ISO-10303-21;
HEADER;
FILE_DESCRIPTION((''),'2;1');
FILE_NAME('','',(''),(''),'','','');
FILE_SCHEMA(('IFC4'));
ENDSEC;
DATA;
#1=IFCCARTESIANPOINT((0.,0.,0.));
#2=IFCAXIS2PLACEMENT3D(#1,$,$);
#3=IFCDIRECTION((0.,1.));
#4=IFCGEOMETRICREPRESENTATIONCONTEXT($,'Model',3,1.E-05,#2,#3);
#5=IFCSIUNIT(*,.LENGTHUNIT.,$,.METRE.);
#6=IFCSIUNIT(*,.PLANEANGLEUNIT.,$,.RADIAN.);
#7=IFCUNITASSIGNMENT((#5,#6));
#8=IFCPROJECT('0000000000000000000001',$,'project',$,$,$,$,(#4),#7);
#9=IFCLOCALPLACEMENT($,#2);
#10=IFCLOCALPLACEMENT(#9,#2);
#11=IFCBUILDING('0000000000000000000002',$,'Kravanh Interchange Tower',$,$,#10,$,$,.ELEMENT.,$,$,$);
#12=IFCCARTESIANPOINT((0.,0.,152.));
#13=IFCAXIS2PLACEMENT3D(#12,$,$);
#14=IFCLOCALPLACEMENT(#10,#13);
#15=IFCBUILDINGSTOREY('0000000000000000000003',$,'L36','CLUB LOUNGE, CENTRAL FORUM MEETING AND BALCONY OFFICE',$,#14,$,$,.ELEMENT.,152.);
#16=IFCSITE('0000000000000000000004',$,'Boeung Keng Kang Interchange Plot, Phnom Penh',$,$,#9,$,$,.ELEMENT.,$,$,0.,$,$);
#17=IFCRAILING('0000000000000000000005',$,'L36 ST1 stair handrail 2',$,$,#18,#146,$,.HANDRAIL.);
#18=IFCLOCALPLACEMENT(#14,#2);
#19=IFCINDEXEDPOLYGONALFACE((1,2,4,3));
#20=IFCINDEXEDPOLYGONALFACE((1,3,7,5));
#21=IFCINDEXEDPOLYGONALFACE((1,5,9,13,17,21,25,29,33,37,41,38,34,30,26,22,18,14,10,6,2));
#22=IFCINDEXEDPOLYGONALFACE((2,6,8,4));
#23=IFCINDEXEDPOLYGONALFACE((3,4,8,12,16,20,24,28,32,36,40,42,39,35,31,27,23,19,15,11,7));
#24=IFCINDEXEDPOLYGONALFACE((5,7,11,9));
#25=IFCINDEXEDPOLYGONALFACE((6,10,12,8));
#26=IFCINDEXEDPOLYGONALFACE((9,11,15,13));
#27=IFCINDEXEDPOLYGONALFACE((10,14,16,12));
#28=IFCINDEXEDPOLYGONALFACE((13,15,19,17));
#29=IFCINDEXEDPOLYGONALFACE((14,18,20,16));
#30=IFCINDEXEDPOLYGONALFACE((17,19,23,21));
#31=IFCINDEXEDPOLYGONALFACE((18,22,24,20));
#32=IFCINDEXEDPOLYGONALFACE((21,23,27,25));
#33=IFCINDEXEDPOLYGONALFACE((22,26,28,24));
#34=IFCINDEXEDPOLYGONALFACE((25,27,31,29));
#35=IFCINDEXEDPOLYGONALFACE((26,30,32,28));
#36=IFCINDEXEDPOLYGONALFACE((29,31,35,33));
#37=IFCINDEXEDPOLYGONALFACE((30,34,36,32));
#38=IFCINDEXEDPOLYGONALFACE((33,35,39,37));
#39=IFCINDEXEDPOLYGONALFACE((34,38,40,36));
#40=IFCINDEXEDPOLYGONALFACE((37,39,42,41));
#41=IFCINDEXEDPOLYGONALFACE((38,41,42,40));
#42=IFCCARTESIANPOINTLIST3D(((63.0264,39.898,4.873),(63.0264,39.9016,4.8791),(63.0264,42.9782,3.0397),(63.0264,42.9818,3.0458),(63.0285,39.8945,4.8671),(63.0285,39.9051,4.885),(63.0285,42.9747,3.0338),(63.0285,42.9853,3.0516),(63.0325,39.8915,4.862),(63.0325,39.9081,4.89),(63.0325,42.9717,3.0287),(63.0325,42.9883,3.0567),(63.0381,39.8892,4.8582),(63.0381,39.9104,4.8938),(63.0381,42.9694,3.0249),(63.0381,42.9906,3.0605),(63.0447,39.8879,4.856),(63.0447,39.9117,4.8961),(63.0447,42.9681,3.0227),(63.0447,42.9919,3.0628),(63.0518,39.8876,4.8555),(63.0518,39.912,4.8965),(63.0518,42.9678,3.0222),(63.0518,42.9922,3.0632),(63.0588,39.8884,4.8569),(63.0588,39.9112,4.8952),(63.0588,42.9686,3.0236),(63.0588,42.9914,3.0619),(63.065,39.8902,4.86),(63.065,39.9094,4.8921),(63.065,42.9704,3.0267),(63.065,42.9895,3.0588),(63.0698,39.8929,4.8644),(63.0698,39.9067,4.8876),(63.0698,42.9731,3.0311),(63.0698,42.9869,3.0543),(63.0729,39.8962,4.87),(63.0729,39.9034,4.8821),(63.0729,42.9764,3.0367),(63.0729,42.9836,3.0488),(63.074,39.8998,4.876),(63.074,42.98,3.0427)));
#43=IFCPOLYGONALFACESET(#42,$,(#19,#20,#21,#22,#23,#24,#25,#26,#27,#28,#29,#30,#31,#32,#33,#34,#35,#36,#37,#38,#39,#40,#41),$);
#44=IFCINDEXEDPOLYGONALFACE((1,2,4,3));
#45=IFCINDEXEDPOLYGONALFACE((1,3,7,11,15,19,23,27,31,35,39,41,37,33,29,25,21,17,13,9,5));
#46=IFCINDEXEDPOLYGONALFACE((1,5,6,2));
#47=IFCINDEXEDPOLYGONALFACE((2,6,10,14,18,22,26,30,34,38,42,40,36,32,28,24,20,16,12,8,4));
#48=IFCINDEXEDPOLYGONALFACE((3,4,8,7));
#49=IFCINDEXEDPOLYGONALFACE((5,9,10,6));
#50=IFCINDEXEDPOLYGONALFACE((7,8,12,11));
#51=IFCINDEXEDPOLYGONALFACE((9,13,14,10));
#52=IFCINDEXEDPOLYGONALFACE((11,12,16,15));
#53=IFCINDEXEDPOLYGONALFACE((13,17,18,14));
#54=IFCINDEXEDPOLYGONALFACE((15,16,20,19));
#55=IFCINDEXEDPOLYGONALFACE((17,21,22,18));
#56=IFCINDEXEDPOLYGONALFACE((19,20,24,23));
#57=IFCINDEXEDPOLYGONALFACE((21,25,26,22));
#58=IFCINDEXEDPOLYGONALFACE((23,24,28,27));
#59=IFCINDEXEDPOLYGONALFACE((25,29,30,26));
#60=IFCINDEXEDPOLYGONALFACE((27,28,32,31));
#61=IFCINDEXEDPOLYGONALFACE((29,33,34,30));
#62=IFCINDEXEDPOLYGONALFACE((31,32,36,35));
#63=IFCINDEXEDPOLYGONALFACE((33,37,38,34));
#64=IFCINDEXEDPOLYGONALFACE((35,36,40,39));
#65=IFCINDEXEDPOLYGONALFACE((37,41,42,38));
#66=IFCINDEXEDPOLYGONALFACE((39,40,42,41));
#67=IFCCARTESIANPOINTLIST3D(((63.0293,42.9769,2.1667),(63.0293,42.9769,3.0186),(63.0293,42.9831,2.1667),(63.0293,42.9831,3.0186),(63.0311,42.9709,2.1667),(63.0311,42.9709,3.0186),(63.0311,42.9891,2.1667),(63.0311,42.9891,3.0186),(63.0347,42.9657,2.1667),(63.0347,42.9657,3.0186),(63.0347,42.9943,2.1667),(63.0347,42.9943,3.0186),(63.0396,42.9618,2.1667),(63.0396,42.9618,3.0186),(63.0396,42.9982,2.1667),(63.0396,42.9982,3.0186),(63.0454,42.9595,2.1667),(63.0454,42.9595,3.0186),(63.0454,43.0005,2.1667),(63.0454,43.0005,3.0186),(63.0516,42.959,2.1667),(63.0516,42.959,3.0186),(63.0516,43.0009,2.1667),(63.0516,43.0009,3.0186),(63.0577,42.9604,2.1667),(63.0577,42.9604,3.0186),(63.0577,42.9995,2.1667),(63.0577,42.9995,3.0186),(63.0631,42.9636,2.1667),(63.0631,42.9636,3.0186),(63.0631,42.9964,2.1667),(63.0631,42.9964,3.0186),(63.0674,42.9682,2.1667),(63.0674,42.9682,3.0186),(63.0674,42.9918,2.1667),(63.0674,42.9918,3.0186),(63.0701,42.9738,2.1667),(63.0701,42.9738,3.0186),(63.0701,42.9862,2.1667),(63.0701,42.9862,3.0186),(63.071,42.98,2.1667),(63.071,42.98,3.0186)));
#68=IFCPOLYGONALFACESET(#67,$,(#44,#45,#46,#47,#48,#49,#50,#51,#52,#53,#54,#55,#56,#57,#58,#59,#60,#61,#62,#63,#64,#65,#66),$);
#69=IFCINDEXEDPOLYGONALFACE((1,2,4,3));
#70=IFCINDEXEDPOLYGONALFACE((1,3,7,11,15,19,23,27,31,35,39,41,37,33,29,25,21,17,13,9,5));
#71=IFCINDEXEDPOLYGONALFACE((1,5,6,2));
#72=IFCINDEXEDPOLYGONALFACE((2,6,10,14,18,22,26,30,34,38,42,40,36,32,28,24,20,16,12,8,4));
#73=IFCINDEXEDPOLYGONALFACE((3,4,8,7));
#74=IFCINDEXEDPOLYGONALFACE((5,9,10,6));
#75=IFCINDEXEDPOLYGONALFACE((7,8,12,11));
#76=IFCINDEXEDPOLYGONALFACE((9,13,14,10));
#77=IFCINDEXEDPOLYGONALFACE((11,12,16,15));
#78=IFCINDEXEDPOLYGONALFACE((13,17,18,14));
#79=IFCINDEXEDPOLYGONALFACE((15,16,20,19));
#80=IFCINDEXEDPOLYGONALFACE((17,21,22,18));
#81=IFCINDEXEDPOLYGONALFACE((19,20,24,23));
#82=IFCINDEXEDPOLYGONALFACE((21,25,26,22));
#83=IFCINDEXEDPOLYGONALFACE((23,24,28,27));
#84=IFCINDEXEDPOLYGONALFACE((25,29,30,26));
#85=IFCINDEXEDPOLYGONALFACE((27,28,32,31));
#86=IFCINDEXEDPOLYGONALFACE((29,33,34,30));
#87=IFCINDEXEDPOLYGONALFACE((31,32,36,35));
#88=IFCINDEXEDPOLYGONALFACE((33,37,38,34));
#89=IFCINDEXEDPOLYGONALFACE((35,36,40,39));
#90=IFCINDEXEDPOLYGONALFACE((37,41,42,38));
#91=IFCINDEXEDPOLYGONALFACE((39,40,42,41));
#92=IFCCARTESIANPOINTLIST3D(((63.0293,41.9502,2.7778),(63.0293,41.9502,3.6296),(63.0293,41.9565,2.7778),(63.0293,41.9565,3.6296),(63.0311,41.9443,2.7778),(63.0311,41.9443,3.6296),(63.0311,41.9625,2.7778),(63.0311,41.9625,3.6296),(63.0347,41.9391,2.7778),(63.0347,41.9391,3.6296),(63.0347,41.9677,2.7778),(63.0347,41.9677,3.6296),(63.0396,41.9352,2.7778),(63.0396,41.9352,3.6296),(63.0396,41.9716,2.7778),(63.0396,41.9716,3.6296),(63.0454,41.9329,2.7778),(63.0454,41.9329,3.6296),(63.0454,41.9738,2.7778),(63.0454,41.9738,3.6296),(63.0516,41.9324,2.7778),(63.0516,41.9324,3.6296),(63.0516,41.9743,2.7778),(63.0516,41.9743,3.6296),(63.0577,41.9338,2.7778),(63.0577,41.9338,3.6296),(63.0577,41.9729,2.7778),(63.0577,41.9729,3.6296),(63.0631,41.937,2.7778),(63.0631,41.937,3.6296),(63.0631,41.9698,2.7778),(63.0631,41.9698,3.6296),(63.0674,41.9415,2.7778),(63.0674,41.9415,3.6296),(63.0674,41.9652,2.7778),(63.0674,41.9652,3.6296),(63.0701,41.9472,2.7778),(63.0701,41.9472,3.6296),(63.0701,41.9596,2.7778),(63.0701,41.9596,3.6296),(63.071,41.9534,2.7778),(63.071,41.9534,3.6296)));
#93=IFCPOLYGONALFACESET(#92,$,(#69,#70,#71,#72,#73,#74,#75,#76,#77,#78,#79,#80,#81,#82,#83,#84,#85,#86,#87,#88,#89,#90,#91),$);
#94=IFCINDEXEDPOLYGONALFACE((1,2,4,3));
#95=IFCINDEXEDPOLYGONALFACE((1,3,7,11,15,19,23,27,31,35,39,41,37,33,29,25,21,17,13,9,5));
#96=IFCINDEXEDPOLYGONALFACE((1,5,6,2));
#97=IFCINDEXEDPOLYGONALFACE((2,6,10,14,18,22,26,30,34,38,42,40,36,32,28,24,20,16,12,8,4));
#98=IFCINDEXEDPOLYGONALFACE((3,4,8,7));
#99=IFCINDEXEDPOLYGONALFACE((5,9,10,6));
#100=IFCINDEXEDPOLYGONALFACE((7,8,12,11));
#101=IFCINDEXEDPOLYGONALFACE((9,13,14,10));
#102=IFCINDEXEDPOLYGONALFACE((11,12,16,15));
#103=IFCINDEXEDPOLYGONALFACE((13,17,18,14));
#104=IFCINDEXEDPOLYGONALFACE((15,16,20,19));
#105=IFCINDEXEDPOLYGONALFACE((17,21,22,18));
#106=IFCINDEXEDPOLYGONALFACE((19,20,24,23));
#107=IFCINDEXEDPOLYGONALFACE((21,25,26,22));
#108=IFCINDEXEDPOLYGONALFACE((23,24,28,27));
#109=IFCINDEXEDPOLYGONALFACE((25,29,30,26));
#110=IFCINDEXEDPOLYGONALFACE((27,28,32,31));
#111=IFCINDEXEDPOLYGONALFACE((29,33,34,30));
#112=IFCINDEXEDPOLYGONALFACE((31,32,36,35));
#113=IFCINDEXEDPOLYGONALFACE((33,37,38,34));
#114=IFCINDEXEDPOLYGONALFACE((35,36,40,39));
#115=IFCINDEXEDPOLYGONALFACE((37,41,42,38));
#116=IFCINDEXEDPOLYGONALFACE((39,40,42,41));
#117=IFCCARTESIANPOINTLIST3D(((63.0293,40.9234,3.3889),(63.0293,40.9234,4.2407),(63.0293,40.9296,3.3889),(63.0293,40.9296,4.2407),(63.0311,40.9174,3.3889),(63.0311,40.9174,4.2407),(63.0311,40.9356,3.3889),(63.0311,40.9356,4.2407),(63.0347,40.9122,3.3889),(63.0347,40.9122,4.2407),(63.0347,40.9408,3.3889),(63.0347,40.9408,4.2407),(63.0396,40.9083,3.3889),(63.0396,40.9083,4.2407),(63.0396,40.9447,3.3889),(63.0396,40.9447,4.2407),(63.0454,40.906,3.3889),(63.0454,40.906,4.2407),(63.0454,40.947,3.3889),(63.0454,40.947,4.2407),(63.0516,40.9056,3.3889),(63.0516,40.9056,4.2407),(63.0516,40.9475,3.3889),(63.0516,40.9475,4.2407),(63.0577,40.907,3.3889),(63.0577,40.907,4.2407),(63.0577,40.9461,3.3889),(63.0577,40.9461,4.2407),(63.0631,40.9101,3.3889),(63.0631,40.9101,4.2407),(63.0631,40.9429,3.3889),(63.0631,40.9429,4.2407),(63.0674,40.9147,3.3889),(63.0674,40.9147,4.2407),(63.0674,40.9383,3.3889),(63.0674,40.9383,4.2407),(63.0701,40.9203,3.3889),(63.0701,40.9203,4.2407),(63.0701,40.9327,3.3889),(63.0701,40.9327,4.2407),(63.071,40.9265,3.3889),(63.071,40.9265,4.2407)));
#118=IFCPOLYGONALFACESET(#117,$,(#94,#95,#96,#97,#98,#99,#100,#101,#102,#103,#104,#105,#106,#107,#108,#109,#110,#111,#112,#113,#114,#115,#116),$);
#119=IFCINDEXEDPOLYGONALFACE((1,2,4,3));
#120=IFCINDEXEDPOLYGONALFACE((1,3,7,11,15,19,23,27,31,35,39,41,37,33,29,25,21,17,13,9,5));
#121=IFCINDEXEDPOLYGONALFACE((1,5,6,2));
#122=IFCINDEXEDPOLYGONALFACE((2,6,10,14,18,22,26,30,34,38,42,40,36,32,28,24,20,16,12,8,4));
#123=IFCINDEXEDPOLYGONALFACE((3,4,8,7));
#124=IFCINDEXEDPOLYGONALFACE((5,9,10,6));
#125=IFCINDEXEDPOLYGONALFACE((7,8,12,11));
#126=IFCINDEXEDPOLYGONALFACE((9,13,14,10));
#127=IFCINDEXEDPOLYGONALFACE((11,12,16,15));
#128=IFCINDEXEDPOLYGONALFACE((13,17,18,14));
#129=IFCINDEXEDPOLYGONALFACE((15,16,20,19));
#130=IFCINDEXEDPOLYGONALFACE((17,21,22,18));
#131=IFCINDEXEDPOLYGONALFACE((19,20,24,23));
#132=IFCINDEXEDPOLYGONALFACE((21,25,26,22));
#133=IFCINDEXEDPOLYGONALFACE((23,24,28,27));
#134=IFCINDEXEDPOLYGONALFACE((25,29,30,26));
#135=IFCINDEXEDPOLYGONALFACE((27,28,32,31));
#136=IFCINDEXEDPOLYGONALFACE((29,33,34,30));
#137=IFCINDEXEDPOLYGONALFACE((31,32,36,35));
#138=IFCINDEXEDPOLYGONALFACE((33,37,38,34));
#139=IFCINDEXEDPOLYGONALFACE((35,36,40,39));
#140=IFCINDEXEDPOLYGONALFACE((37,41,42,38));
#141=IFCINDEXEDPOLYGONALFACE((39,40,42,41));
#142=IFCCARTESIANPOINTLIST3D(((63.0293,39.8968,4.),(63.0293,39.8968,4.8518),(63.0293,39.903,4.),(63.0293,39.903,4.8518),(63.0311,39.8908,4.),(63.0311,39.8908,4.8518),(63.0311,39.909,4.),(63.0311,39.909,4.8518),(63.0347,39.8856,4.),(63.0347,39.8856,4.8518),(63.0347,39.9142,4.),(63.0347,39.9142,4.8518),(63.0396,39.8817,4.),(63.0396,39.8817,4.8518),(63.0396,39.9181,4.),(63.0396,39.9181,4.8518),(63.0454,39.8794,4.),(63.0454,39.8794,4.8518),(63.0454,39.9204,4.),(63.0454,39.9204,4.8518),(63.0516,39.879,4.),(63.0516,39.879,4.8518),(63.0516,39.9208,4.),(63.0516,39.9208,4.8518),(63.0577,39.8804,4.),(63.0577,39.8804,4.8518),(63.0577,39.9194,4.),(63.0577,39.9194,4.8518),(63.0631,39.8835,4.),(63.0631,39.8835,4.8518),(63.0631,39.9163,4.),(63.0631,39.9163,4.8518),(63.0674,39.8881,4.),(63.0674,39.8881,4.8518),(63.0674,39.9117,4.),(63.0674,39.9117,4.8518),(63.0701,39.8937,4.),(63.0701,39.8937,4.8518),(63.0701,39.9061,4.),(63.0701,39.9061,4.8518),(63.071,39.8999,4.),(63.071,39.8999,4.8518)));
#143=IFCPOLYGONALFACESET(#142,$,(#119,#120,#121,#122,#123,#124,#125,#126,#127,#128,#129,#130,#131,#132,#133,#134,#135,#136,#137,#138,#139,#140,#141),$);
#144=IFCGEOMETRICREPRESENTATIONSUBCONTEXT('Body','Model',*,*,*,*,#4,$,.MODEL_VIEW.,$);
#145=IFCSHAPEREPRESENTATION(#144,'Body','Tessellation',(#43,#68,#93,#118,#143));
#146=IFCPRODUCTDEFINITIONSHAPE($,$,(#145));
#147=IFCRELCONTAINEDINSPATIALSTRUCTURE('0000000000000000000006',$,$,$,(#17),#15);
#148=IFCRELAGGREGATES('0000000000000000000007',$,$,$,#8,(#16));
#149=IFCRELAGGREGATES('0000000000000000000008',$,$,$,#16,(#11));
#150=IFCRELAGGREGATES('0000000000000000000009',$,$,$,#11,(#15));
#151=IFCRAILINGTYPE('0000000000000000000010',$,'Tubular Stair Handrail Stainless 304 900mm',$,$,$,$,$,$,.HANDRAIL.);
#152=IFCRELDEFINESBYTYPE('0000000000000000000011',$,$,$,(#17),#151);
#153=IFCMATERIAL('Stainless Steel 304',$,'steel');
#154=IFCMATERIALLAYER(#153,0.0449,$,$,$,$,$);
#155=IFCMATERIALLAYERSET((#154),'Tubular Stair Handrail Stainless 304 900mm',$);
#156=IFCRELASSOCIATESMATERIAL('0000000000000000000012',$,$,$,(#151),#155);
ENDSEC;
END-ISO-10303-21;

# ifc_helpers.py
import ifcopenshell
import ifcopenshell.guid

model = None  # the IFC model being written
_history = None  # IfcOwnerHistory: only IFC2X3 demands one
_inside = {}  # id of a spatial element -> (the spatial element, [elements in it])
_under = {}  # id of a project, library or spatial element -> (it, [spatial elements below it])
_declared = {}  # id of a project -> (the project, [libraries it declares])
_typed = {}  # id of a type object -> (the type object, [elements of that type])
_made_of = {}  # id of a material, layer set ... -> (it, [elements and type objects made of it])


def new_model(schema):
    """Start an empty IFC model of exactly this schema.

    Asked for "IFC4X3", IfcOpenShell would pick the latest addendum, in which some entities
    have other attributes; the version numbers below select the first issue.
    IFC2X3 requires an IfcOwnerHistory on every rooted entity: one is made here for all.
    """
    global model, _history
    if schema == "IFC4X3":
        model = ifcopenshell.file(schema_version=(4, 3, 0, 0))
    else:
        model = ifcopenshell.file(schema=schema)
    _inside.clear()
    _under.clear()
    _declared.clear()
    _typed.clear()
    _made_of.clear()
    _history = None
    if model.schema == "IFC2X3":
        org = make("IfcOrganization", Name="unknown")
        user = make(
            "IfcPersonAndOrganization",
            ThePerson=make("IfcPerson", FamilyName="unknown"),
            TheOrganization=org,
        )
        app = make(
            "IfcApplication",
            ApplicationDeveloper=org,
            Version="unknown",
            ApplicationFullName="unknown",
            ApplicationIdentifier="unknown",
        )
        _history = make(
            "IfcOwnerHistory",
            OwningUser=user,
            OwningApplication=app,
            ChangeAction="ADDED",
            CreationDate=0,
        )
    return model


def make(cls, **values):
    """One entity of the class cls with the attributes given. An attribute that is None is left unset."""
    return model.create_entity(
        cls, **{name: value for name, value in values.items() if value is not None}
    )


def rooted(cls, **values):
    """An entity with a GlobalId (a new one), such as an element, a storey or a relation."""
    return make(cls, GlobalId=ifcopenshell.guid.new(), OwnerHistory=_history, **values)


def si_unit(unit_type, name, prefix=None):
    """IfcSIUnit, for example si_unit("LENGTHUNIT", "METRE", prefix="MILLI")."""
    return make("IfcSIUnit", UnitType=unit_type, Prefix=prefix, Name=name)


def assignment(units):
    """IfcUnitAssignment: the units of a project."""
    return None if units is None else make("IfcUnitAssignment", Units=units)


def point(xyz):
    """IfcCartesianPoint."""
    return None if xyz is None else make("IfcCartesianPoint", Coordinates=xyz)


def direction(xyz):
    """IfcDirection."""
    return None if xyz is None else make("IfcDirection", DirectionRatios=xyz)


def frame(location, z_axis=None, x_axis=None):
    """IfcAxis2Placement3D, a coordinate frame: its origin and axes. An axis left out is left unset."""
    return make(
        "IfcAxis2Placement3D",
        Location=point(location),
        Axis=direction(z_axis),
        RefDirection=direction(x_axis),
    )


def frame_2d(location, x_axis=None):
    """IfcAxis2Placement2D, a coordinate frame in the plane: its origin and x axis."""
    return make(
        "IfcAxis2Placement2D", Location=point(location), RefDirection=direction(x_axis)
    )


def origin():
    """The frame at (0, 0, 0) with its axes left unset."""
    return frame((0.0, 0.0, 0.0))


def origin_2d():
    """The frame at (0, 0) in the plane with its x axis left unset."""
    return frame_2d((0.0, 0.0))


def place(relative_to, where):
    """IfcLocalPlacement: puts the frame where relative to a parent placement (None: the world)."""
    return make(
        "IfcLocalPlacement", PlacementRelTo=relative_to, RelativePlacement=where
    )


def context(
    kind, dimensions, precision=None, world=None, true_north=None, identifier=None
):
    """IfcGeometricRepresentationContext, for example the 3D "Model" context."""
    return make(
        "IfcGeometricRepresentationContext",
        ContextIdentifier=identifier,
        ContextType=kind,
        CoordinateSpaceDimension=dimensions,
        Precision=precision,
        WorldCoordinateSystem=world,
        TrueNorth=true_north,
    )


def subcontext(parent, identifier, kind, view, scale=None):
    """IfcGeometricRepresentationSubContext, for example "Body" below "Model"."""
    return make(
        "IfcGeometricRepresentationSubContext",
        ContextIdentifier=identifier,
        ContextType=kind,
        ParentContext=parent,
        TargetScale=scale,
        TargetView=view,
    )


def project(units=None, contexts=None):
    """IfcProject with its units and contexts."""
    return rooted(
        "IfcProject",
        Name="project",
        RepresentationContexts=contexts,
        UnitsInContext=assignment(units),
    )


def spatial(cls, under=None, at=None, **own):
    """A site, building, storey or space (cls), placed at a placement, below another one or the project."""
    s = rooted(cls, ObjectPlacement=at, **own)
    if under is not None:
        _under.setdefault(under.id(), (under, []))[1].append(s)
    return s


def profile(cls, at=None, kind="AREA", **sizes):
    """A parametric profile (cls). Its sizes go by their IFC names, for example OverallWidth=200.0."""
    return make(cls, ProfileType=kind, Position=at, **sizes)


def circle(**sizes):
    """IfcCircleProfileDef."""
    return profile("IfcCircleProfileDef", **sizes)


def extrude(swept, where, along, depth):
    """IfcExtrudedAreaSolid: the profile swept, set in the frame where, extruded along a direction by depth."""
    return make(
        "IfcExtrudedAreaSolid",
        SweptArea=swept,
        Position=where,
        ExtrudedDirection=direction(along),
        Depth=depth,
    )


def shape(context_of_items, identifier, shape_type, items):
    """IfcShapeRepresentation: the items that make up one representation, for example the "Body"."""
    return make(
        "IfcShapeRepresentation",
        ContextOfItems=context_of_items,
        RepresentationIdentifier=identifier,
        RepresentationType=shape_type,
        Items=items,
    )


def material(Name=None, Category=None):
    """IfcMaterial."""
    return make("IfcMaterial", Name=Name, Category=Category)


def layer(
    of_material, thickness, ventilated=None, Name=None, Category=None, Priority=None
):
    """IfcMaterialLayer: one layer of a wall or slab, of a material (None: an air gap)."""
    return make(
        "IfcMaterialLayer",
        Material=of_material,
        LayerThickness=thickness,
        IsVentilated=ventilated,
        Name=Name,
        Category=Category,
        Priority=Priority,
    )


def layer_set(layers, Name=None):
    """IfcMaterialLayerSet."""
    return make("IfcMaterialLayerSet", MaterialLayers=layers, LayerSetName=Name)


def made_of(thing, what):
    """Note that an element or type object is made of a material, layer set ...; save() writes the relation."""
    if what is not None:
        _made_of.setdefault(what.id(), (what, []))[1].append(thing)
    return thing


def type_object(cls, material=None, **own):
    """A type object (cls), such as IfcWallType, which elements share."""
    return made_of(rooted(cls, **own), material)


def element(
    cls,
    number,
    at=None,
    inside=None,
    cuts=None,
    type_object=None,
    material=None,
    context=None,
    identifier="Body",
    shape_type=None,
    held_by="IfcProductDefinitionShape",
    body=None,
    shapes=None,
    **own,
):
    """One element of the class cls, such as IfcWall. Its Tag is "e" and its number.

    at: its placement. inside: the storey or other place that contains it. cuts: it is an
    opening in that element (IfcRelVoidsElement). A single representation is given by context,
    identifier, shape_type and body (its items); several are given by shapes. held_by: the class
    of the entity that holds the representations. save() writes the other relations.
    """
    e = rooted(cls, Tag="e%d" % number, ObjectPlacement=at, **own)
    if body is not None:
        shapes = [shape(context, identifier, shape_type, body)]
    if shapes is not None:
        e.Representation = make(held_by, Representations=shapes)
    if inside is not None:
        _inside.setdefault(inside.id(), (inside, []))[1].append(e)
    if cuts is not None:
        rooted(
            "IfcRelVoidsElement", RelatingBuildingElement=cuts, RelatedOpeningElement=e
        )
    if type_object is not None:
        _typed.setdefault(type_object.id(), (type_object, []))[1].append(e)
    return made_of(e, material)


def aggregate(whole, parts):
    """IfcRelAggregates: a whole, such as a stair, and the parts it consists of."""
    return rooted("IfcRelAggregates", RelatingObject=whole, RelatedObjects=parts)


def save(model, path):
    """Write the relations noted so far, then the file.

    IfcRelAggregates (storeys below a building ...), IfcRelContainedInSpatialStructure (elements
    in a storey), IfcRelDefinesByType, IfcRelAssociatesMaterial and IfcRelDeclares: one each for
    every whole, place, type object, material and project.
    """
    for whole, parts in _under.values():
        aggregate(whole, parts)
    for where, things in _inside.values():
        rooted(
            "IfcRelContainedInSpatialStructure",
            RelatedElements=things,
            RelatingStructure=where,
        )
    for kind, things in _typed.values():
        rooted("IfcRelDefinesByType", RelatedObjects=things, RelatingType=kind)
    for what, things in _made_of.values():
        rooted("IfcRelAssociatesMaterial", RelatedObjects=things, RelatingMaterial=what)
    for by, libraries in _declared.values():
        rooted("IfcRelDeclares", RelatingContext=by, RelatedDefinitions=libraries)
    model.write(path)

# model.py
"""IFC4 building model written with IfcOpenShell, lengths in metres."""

from ifc_helpers import new_model, si_unit, direction, frame, origin, origin_2d, place, context, subcontext, project, spatial, circle, extrude, material, layer, layer_set, type_object, element, save


model = new_model("IFC4")

# Units and contexts
model_context = context("Model", 3, precision=1e-05, world=origin(), true_north=direction((0.0, 1.0)))
body_context = subcontext(model_context, "Body", "Model", "MODEL_VIEW")
ifc_project = project(units=[si_unit("LENGTHUNIT", "METRE"), si_unit("PLANEANGLEUNIT", "RADIAN")], contexts=[model_context])

# Site, building, storey
site_placement = place(None, origin())
site = spatial("IfcSite", under=ifc_project, at=site_placement, Name="Boeung Keng Kang Interchange Plot, Phnom Penh", CompositionType="ELEMENT", RefElevation=0.0)
building_placement = place(site_placement, origin())
building = spatial("IfcBuilding", under=site, at=building_placement, Name="Kravanh Interchange Tower", CompositionType="ELEMENT")
storey_placement = place(building_placement, frame((0.0, 0.0, 152.0)))
storey = spatial("IfcBuildingStorey", under=building, at=storey_placement, Name="L36", Description="CLUB LOUNGE, CENTRAL FORUM MEETING AND BALCONY OFFICE", CompositionType="ELEMENT", Elevation=152.0)

# Railing
ifc_material_1 = material(Name="Stainless Steel 304", Category="steel")
ifc_layer_1 = layer(ifc_material_1, 0.0449)
ifc_layer_set_1 = layer_set([ifc_layer_1], Name="Tubular Stair Handrail Stainless 304 900mm")
railing_type_1 = type_object("IfcRailingType", Name="Tubular Stair Handrail Stainless 304 900mm", PredefinedType="HANDRAIL", material=ifc_layer_set_1)
railing_1_placement = place(storey_placement, frame((63.05, 42.98, 2.1667)))
element("IfcRailing", 1, at=railing_1_placement, inside=storey, type_object=railing_type_1, Name="L36 ST1 stair handrail 2", PredefinedType="HANDRAIL", context=body_context, shape_type="SweptSolid", body=[
    extrude(circle(Radius=0.0239, at=origin_2d()), frame((0.0, 0.0, 0.876), z_axis=(0.0, -0.859309, 0.511458), x_axis=(1.0, 0.0, 0.0)), (0.0, 0.0, 1.0), 3.5845),
    extrude(circle(Radius=0.021, at=origin_2d()), origin(), (0.0, 0.0, 1.0), 0.8518),
    extrude(circle(Radius=0.021, at=origin_2d()), frame((0.0, -1.0266, 0.6111)), (0.0, 0.0, 1.0), 0.8518),
    extrude(circle(Radius=0.021, at=origin_2d()), frame((0.0, -2.0535, 1.2222)), (0.0, 0.0, 1.0), 0.8518),
    extrude(circle(Radius=0.021, at=origin_2d()), frame((0.0, -3.0801, 1.8333)), (0.0, 0.0, 1.0), 0.8518),
])

save(model, "model.ifc")
